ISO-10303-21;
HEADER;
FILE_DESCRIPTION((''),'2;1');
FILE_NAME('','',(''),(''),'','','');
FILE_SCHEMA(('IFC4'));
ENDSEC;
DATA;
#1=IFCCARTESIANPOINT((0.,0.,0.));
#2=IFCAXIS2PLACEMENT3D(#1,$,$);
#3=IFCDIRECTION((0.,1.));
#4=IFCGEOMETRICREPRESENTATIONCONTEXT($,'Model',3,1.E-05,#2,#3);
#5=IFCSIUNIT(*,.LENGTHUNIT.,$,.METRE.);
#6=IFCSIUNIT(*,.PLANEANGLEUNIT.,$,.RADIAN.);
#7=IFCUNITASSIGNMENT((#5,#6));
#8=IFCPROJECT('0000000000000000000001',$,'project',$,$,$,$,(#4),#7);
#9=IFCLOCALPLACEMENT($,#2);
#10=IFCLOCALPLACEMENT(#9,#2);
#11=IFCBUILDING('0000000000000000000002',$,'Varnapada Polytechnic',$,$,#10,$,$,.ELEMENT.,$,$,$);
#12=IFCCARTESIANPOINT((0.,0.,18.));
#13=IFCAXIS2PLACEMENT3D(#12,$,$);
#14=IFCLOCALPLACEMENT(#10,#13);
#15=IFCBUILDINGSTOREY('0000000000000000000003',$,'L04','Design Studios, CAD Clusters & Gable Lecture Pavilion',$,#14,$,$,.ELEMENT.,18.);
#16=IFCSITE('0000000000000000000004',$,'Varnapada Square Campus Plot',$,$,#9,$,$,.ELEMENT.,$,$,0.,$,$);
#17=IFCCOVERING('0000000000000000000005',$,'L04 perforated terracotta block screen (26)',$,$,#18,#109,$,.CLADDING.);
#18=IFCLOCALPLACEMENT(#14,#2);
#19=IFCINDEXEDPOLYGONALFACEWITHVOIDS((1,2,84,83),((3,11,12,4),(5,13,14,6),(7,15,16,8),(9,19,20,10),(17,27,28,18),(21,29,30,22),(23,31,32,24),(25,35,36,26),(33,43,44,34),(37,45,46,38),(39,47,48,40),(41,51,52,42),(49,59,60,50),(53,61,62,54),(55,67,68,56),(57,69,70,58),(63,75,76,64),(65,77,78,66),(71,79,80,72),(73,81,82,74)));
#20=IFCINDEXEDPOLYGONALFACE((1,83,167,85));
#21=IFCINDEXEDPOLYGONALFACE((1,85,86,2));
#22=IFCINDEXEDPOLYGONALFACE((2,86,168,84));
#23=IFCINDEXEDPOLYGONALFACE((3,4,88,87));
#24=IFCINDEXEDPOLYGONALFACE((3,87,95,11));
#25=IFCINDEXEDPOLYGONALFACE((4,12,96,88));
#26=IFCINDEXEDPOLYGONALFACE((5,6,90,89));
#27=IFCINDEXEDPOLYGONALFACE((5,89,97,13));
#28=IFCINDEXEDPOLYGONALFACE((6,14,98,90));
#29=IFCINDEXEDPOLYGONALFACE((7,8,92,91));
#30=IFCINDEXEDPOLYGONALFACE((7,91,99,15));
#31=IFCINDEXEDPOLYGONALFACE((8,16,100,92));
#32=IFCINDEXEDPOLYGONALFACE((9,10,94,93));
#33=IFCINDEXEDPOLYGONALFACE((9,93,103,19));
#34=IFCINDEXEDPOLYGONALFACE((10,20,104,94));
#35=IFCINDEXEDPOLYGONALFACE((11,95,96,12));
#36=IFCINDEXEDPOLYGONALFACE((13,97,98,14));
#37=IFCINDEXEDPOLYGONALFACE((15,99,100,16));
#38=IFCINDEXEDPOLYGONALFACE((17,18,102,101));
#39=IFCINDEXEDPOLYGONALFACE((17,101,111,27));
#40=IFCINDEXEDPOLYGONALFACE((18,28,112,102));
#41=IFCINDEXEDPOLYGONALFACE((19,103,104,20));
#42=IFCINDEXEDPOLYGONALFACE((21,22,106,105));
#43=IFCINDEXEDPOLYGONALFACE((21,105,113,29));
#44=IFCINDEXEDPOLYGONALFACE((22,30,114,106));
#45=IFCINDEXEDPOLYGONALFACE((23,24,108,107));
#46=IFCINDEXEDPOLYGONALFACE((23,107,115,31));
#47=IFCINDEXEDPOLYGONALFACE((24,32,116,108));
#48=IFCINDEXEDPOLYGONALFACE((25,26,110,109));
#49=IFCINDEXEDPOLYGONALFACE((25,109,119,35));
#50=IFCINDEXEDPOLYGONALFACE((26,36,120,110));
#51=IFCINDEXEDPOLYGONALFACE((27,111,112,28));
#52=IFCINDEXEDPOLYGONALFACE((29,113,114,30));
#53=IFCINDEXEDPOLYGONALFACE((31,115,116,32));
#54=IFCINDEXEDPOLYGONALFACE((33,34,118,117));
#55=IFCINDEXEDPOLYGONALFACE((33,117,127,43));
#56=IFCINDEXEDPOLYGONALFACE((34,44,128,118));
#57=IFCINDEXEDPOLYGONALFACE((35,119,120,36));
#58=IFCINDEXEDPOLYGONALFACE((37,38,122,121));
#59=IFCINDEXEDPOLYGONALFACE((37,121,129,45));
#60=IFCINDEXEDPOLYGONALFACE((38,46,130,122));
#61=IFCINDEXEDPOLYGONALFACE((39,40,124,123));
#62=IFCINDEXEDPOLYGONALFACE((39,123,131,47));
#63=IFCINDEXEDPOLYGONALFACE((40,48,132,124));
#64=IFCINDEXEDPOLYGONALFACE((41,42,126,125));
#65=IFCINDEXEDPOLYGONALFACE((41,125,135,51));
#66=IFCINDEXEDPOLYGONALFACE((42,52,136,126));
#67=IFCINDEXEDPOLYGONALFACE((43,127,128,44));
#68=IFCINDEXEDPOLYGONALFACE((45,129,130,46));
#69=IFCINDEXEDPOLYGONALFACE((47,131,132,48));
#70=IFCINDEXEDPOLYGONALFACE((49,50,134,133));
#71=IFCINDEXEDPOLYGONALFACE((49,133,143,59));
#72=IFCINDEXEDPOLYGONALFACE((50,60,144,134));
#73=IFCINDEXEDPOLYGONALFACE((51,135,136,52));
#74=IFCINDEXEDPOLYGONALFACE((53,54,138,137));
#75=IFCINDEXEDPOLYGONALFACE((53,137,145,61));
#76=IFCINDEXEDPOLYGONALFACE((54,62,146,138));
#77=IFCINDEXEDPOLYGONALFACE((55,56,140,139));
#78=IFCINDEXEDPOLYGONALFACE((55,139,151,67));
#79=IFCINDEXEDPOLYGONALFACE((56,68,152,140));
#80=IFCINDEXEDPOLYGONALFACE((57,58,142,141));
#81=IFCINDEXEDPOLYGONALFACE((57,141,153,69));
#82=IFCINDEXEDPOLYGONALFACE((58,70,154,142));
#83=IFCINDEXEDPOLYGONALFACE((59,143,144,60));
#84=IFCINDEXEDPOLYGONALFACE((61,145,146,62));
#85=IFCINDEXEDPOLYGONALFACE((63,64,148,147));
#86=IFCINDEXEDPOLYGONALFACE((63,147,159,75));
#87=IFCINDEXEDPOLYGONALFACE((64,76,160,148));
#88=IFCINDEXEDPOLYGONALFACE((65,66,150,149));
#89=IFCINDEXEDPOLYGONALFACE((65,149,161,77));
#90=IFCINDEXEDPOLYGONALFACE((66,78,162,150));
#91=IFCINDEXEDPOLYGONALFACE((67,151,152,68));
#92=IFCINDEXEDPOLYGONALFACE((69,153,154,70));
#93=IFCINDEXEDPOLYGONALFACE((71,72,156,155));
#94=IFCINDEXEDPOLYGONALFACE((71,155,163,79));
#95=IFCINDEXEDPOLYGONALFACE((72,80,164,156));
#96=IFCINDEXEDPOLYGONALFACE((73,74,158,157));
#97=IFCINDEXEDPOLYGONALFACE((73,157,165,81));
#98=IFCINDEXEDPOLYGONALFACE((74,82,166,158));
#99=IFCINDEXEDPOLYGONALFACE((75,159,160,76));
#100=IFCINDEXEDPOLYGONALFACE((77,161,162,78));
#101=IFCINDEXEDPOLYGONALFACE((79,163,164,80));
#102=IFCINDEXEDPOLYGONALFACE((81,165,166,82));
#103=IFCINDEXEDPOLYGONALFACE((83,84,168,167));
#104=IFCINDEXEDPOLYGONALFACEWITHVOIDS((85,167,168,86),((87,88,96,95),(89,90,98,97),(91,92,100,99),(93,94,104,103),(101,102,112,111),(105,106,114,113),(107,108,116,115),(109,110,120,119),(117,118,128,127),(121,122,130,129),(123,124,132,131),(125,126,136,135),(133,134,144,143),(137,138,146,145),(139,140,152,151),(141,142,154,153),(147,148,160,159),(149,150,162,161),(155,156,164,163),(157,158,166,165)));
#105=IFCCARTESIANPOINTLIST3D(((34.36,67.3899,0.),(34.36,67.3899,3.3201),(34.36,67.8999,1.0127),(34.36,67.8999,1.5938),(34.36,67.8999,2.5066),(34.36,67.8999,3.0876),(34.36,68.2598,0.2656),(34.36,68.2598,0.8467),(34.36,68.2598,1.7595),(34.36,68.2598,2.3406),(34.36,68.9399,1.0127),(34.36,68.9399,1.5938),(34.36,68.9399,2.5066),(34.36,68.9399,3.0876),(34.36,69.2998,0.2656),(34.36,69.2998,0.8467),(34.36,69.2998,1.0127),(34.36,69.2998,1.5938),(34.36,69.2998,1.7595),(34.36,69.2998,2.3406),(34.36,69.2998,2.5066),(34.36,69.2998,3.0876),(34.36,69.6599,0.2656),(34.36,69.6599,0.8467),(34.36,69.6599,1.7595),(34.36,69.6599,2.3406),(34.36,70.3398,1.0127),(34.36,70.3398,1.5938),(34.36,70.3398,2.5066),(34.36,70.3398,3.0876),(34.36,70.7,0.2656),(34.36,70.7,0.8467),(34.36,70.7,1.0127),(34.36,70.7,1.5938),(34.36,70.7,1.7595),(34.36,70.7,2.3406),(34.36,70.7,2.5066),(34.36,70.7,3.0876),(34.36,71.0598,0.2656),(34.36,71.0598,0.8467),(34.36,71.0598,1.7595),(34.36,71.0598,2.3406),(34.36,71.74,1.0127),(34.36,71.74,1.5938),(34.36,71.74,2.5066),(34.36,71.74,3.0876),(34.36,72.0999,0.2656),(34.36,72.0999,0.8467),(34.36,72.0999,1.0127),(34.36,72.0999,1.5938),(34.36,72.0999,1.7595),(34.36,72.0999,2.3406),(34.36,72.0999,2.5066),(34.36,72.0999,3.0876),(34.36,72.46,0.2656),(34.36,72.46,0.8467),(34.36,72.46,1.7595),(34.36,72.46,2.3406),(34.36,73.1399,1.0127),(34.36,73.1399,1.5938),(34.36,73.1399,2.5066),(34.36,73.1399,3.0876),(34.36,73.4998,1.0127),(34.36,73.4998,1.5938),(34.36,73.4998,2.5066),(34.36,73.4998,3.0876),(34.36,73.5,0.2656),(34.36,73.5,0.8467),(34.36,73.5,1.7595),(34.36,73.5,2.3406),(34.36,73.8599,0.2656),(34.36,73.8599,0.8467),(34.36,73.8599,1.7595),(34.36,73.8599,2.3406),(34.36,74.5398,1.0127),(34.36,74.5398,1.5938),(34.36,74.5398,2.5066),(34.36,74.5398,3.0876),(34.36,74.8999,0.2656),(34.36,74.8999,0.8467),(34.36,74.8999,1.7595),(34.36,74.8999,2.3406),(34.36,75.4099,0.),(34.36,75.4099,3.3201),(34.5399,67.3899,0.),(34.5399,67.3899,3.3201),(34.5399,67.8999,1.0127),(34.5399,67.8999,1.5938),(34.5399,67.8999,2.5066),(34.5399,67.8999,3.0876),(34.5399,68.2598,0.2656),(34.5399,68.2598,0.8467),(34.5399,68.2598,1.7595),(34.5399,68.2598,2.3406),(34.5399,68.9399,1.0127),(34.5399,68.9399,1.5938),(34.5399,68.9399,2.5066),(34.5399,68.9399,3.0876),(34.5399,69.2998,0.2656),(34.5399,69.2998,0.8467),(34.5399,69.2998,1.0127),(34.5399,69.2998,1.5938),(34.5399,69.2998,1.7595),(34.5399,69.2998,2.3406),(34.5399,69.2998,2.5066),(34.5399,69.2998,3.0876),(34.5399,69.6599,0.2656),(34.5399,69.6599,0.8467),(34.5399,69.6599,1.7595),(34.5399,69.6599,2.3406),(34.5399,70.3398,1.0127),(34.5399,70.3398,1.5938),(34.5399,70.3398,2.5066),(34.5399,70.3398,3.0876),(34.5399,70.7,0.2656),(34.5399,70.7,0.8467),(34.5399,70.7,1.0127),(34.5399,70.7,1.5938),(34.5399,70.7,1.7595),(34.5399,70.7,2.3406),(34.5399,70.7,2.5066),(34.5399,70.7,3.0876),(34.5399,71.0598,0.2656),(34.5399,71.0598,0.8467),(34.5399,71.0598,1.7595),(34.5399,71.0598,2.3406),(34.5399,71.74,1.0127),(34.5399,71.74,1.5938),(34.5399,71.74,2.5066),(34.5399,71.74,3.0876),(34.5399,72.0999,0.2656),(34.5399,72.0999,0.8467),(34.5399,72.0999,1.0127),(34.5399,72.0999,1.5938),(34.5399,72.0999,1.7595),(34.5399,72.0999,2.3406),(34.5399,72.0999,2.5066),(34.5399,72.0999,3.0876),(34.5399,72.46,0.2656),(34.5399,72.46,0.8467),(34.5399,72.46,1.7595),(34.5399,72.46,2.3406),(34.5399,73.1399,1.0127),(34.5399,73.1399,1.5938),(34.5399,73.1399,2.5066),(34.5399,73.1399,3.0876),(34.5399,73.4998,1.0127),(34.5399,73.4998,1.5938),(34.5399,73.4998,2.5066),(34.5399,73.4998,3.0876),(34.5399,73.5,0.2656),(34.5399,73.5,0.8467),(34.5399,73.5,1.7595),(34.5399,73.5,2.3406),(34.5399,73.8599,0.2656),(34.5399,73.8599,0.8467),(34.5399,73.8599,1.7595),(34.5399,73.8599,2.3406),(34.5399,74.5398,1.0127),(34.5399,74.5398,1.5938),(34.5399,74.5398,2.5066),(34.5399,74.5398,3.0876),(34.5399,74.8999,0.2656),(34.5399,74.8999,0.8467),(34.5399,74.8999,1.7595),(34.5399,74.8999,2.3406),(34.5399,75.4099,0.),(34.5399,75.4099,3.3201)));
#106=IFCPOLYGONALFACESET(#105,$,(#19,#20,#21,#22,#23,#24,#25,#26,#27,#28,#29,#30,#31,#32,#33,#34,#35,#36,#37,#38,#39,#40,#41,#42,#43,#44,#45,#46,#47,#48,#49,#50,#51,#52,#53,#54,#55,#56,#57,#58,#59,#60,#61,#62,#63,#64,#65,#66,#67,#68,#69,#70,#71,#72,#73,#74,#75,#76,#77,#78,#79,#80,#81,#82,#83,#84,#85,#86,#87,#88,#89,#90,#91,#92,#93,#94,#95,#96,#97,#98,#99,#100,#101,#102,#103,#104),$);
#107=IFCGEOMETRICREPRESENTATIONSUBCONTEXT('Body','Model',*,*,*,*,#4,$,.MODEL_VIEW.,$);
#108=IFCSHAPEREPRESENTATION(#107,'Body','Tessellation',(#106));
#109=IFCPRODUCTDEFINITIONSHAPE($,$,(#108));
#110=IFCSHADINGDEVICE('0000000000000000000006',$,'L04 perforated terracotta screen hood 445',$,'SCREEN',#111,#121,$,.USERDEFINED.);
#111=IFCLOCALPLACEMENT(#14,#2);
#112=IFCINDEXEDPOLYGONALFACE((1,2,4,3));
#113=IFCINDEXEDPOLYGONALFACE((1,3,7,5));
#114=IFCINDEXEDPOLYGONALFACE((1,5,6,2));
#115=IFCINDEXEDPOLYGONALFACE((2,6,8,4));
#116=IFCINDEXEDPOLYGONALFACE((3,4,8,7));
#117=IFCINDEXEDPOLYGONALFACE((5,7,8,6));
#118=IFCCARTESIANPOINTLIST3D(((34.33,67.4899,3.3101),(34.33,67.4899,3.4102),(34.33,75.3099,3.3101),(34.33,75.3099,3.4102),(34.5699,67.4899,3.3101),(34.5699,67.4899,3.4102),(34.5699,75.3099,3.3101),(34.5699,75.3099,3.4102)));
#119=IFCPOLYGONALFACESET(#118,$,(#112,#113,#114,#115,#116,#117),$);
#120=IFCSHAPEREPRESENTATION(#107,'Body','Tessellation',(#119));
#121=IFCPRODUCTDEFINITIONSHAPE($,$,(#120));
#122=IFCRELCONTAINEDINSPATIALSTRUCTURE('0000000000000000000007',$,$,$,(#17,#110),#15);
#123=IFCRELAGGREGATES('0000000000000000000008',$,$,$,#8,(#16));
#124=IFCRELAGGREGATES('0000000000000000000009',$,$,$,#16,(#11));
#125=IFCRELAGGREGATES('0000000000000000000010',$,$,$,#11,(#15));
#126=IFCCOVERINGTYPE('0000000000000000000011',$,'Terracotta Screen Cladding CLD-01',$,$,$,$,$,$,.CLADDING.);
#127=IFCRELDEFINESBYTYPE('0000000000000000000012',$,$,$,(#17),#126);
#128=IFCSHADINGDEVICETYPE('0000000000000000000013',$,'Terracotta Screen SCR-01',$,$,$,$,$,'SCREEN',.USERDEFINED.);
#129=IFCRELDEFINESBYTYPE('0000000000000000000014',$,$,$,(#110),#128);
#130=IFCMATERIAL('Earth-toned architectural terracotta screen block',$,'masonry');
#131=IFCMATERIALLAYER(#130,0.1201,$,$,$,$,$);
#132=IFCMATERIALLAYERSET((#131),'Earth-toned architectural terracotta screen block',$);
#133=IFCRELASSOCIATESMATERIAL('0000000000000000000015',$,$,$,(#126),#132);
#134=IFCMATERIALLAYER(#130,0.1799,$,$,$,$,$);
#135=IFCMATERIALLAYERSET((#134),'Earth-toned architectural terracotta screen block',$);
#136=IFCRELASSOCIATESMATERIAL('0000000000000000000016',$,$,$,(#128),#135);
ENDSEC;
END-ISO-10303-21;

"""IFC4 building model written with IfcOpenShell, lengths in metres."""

from ifc_helpers import new_model, si_unit, direction, frame, frame_2d, origin, origin_2d, place, context, subcontext, project, spatial, rectangle, extrude, material, layer, layer_set, type_object, element, save


model = new_model("IFC4")

# Units and contexts
model_context = context("Model", 3, precision=1e-05, world=origin(), true_north=direction((0.0, 1.0)))
body_context = subcontext(model_context, "Body", "Model", "MODEL_VIEW")
ifc_project = project(units=[si_unit("LENGTHUNIT", "METRE"), si_unit("PLANEANGLEUNIT", "RADIAN")], contexts=[model_context])

# Site, building, storey
site_placement = place(None, origin())
site = spatial("IfcSite", under=ifc_project, at=site_placement, Name="Varnapada Square Campus Plot", CompositionType="ELEMENT", RefElevation=0.0)
building_placement = place(site_placement, origin())
building = spatial("IfcBuilding", under=site, at=building_placement, Name="Varnapada Polytechnic", CompositionType="ELEMENT")
storey_placement = place(building_placement, frame((0.0, 0.0, 18.0)))
storey = spatial("IfcBuildingStorey", under=building, at=storey_placement, Name="L04", Description="Design Studios, CAD Clusters & Gable Lecture Pavilion", CompositionType="ELEMENT", Elevation=18.0)

# Covering, openings
ifc_material_1 = material(Name="Earth-toned architectural terracotta screen block", Category="masonry")
ifc_layer_1 = layer(ifc_material_1, 0.1201)
ifc_layer_set_1 = layer_set([ifc_layer_1], Name="Earth-toned architectural terracotta screen block")
covering_type = type_object("IfcCoveringType", Name="Terracotta Screen Cladding CLD-01", PredefinedType="CLADDING", material=ifc_layer_set_1)
covering_placement = place(storey_placement, frame((34.45, 75.4099, 0.0), z_axis=(0.0, 0.0, 1.0), x_axis=(0.0, -1.0, 0.0)))
covering = element("IfcCovering", 1, at=covering_placement, inside=storey, type_object=covering_type, Name="L04 perforated terracotta block screen (26)", PredefinedType="CLADDING", context=body_context, shape_type="SweptSolid", body=[
    extrude(rectangle(XDim=8.02, YDim=0.1799, at=frame_2d((4.01, 0.0))), origin(), (0.0, 0.0, 1.0), 3.3201),
])
opening_1_placement = place(covering_placement, frame((0.51, 0.0, 0.2656)))
element("IfcOpeningElement", 2, at=opening_1_placement, cuts=covering, PredefinedType="OPENING", context=body_context, shape_type="SweptSolid", body=[
    extrude(rectangle(XDim=1.04, YDim=0.5811, at=frame_2d((0.52, 0.2905))), frame((0.0, 0.0999, 0.0), z_axis=(0.0, -1.0, 0.0), x_axis=(1.0, 0.0, 0.0)), (0.0, 0.0, 1.0), 0.2),
])
opening_2_placement = place(covering_placement, frame((1.9099, 0.0, 0.2656)))
element("IfcOpeningElement", 3, at=opening_2_placement, cuts=covering, PredefinedType="OPENING", context=body_context, shape_type="SweptSolid", body=[
    extrude(rectangle(XDim=1.04, YDim=0.5811, at=frame_2d((0.52, 0.2905))), frame((0.0, 0.0999, 0.0), z_axis=(0.0, -1.0, 0.0), x_axis=(1.0, 0.0, 0.0)), (0.0, 0.0, 1.0), 0.2),
])
opening_3_placement = place(covering_placement, frame((3.3101, 0.0, 0.2656)))
element("IfcOpeningElement", 4, at=opening_3_placement, cuts=covering, PredefinedType="OPENING", context=body_context, shape_type="SweptSolid", body=[
    extrude(rectangle(XDim=1.04, YDim=0.5811, at=frame_2d((0.52, 0.2905))), frame((0.0, 0.0999, 0.0), z_axis=(0.0, -1.0, 0.0), x_axis=(1.0, 0.0, 0.0)), (0.0, 0.0, 1.0), 0.2),
])
opening_4_placement = place(covering_placement, frame((4.71, 0.0, 0.2656)))
element("IfcOpeningElement", 5, at=opening_4_placement, cuts=covering, PredefinedType="OPENING", context=body_context, shape_type="SweptSolid", body=[
    extrude(rectangle(XDim=1.04, YDim=0.5811, at=frame_2d((0.52, 0.2905))), frame((0.0, 0.0999, 0.0), z_axis=(0.0, -1.0, 0.0), x_axis=(1.0, 0.0, 0.0)), (0.0, 0.0, 1.0), 0.2),
])
opening_5_placement = place(covering_placement, frame((6.1101, 0.0, 0.2656)))
element("IfcOpeningElement", 6, at=opening_5_placement, cuts=covering, PredefinedType="OPENING", context=body_context, shape_type="SweptSolid", body=[
    extrude(rectangle(XDim=1.04, YDim=0.5811, at=frame_2d((0.52, 0.2905))), frame((0.0, 0.0999, 0.0), z_axis=(0.0, -1.0, 0.0), x_axis=(1.0, 0.0, 0.0)), (0.0, 0.0, 1.0), 0.2),
])
opening_6_placement = place(covering_placement, frame((0.8701, 0.0, 1.0127)))
element("IfcOpeningElement", 7, at=opening_6_placement, cuts=covering, PredefinedType="OPENING", context=body_context, shape_type="SweptSolid", body=[
    extrude(rectangle(XDim=1.04, YDim=0.5811, at=frame_2d((0.52, 0.2905))), frame((0.0, 0.0999, 0.0), z_axis=(0.0, -1.0, 0.0), x_axis=(1.0, 0.0, 0.0)), (0.0, 0.0, 1.0), 0.2),
])
opening_7_placement = place(covering_placement, frame((2.27, 0.0, 1.0127)))
element("IfcOpeningElement", 8, at=opening_7_placement, cuts=covering, PredefinedType="OPENING", context=body_context, shape_type="SweptSolid", body=[
    extrude(rectangle(XDim=1.04, YDim=0.5811, at=frame_2d((0.52, 0.2905))), frame((0.0, 0.0999, 0.0), z_axis=(0.0, -1.0, 0.0), x_axis=(1.0, 0.0, 0.0)), (0.0, 0.0, 1.0), 0.2),
])
opening_8_placement = place(covering_placement, frame((3.6699, 0.0, 1.0127)))
element("IfcOpeningElement", 9, at=opening_8_placement, cuts=covering, PredefinedType="OPENING", context=body_context, shape_type="SweptSolid", body=[
    extrude(rectangle(XDim=1.04, YDim=0.5811, at=frame_2d((0.52, 0.2905))), frame((0.0, 0.0999, 0.0), z_axis=(0.0, -1.0, 0.0), x_axis=(1.0, 0.0, 0.0)), (0.0, 0.0, 1.0), 0.2),
])
opening_9_placement = place(covering_placement, frame((5.0701, 0.0, 1.0127)))
element("IfcOpeningElement", 10, at=opening_9_placement, cuts=covering, PredefinedType="OPENING", context=body_context, shape_type="SweptSolid", body=[
    extrude(rectangle(XDim=1.04, YDim=0.5811, at=frame_2d((0.52, 0.2905))), frame((0.0, 0.0999, 0.0), z_axis=(0.0, -1.0, 0.0), x_axis=(1.0, 0.0, 0.0)), (0.0, 0.0, 1.0), 0.2),
])
opening_10_placement = place(covering_placement, frame((6.47, 0.0, 1.0127)))
element("IfcOpeningElement", 11, at=opening_10_placement, cuts=covering, PredefinedType="OPENING", context=body_context, shape_type="SweptSolid", body=[
    extrude(rectangle(XDim=1.04, YDim=0.5811, at=frame_2d((0.52, 0.2905))), frame((0.0, 0.0999, 0.0), z_axis=(0.0, -1.0, 0.0), x_axis=(1.0, 0.0, 0.0)), (0.0, 0.0, 1.0), 0.2),
])
opening_11_placement = place(covering_placement, frame((0.51, 0.0, 1.7595)))
element("IfcOpeningElement", 12, at=opening_11_placement, cuts=covering, PredefinedType="OPENING", context=body_context, shape_type="SweptSolid", body=[
    extrude(rectangle(XDim=1.04, YDim=0.5811, at=frame_2d((0.52, 0.2905))), frame((0.0, 0.0999, 0.0), z_axis=(0.0, -1.0, 0.0), x_axis=(1.0, 0.0, 0.0)), (0.0, 0.0, 1.0), 0.2),
])
opening_12_placement = place(covering_placement, frame((1.9099, 0.0, 1.7595)))
element("IfcOpeningElement", 13, at=opening_12_placement, cuts=covering, PredefinedType="OPENING", context=body_context, shape_type="SweptSolid", body=[
    extrude(rectangle(XDim=1.04, YDim=0.5811, at=frame_2d((0.52, 0.2905))), frame((0.0, 0.0999, 0.0), z_axis=(0.0, -1.0, 0.0), x_axis=(1.0, 0.0, 0.0)), (0.0, 0.0, 1.0), 0.2),
])
opening_13_placement = place(covering_placement, frame((3.3101, 0.0, 1.7595)))
element("IfcOpeningElement", 14, at=opening_13_placement, cuts=covering, PredefinedType="OPENING", context=body_context, shape_type="SweptSolid", body=[
    extrude(rectangle(XDim=1.04, YDim=0.5811, at=frame_2d((0.52, 0.2905))), frame((0.0, 0.0999, 0.0), z_axis=(0.0, -1.0, 0.0), x_axis=(1.0, 0.0, 0.0)), (0.0, 0.0, 1.0), 0.2),
])
opening_14_placement = place(covering_placement, frame((4.71, 0.0, 1.7595)))
element("IfcOpeningElement", 15, at=opening_14_placement, cuts=covering, PredefinedType="OPENING", context=body_context, shape_type="SweptSolid", body=[
    extrude(rectangle(XDim=1.04, YDim=0.5811, at=frame_2d((0.52, 0.2905))), frame((0.0, 0.0999, 0.0), z_axis=(0.0, -1.0, 0.0), x_axis=(1.0, 0.0, 0.0)), (0.0, 0.0, 1.0), 0.2),
])
opening_15_placement = place(covering_placement, frame((6.1101, 0.0, 1.7595)))
element("IfcOpeningElement", 16, at=opening_15_placement, cuts=covering, PredefinedType="OPENING", context=body_context, shape_type="SweptSolid", body=[
    extrude(rectangle(XDim=1.04, YDim=0.5811, at=frame_2d((0.52, 0.2905))), frame((0.0, 0.0999, 0.0), z_axis=(0.0, -1.0, 0.0), x_axis=(1.0, 0.0, 0.0)), (0.0, 0.0, 1.0), 0.2),
])
opening_16_placement = place(covering_placement, frame((0.8701, 0.0, 2.5066)))
element("IfcOpeningElement", 17, at=opening_16_placement, cuts=covering, PredefinedType="OPENING", context=body_context, shape_type="SweptSolid", body=[
    extrude(rectangle(XDim=1.04, YDim=0.5811, at=frame_2d((0.52, 0.2905))), frame((0.0, 0.0999, 0.0), z_axis=(0.0, -1.0, 0.0), x_axis=(1.0, 0.0, 0.0)), (0.0, 0.0, 1.0), 0.2),
])
opening_17_placement = place(covering_placement, frame((2.27, 0.0, 2.5066)))
element("IfcOpeningElement", 18, at=opening_17_placement, cuts=covering, PredefinedType="OPENING", context=body_context, shape_type="SweptSolid", body=[
    extrude(rectangle(XDim=1.04, YDim=0.5811, at=frame_2d((0.52, 0.2905))), frame((0.0, 0.0999, 0.0), z_axis=(0.0, -1.0, 0.0), x_axis=(1.0, 0.0, 0.0)), (0.0, 0.0, 1.0), 0.2),
])
opening_18_placement = place(covering_placement, frame((3.6699, 0.0, 2.5066)))
element("IfcOpeningElement", 19, at=opening_18_placement, cuts=covering, PredefinedType="OPENING", context=body_context, shape_type="SweptSolid", body=[
    extrude(rectangle(XDim=1.04, YDim=0.5811, at=frame_2d((0.52, 0.2905))), frame((0.0, 0.0999, 0.0), z_axis=(0.0, -1.0, 0.0), x_axis=(1.0, 0.0, 0.0)), (0.0, 0.0, 1.0), 0.2),
])
opening_19_placement = place(covering_placement, frame((5.0701, 0.0, 2.5066)))
element("IfcOpeningElement", 20, at=opening_19_placement, cuts=covering, PredefinedType="OPENING", context=body_context, shape_type="SweptSolid", body=[
    extrude(rectangle(XDim=1.04, YDim=0.5811, at=frame_2d((0.52, 0.2905))), frame((0.0, 0.0999, 0.0), z_axis=(0.0, -1.0, 0.0), x_axis=(1.0, 0.0, 0.0)), (0.0, 0.0, 1.0), 0.2),
])
opening_20_placement = place(covering_placement, frame((6.47, 0.0, 2.5066)))
element("IfcOpeningElement", 21, at=opening_20_placement, cuts=covering, PredefinedType="OPENING", context=body_context, shape_type="SweptSolid", body=[
    extrude(rectangle(XDim=1.04, YDim=0.5811, at=frame_2d((0.52, 0.2905))), frame((0.0, 0.0999, 0.0), z_axis=(0.0, -1.0, 0.0), x_axis=(1.0, 0.0, 0.0)), (0.0, 0.0, 1.0), 0.2),
])

# Shading device
ifc_layer_2 = layer(ifc_material_1, 0.1799)
ifc_layer_set_2 = layer_set([ifc_layer_2], Name="Earth-toned architectural terracotta screen block")
shading_device_type = type_object("IfcShadingDeviceType", Name="Terracotta Screen SCR-01", ElementType="SCREEN", PredefinedType="USERDEFINED", material=ifc_layer_set_2)
shading_device_placement = place(storey_placement, frame((34.45, 71.3999, 3.3101), z_axis=(0.0, 0.0, 1.0), x_axis=(0.0, -1.0, 0.0)))
element("IfcShadingDevice", 22, at=shading_device_placement, inside=storey, type_object=shading_device_type, Name="L04 perforated terracotta screen hood 445", ObjectType="SCREEN", PredefinedType="USERDEFINED", context=body_context, shape_type="SweptSolid", body=[
    extrude(rectangle(XDim=7.8201, YDim=0.24, at=origin_2d()), origin(), (0.0, 0.0, 1.0), 0.1001),
])

save(model, "model.ifc")
